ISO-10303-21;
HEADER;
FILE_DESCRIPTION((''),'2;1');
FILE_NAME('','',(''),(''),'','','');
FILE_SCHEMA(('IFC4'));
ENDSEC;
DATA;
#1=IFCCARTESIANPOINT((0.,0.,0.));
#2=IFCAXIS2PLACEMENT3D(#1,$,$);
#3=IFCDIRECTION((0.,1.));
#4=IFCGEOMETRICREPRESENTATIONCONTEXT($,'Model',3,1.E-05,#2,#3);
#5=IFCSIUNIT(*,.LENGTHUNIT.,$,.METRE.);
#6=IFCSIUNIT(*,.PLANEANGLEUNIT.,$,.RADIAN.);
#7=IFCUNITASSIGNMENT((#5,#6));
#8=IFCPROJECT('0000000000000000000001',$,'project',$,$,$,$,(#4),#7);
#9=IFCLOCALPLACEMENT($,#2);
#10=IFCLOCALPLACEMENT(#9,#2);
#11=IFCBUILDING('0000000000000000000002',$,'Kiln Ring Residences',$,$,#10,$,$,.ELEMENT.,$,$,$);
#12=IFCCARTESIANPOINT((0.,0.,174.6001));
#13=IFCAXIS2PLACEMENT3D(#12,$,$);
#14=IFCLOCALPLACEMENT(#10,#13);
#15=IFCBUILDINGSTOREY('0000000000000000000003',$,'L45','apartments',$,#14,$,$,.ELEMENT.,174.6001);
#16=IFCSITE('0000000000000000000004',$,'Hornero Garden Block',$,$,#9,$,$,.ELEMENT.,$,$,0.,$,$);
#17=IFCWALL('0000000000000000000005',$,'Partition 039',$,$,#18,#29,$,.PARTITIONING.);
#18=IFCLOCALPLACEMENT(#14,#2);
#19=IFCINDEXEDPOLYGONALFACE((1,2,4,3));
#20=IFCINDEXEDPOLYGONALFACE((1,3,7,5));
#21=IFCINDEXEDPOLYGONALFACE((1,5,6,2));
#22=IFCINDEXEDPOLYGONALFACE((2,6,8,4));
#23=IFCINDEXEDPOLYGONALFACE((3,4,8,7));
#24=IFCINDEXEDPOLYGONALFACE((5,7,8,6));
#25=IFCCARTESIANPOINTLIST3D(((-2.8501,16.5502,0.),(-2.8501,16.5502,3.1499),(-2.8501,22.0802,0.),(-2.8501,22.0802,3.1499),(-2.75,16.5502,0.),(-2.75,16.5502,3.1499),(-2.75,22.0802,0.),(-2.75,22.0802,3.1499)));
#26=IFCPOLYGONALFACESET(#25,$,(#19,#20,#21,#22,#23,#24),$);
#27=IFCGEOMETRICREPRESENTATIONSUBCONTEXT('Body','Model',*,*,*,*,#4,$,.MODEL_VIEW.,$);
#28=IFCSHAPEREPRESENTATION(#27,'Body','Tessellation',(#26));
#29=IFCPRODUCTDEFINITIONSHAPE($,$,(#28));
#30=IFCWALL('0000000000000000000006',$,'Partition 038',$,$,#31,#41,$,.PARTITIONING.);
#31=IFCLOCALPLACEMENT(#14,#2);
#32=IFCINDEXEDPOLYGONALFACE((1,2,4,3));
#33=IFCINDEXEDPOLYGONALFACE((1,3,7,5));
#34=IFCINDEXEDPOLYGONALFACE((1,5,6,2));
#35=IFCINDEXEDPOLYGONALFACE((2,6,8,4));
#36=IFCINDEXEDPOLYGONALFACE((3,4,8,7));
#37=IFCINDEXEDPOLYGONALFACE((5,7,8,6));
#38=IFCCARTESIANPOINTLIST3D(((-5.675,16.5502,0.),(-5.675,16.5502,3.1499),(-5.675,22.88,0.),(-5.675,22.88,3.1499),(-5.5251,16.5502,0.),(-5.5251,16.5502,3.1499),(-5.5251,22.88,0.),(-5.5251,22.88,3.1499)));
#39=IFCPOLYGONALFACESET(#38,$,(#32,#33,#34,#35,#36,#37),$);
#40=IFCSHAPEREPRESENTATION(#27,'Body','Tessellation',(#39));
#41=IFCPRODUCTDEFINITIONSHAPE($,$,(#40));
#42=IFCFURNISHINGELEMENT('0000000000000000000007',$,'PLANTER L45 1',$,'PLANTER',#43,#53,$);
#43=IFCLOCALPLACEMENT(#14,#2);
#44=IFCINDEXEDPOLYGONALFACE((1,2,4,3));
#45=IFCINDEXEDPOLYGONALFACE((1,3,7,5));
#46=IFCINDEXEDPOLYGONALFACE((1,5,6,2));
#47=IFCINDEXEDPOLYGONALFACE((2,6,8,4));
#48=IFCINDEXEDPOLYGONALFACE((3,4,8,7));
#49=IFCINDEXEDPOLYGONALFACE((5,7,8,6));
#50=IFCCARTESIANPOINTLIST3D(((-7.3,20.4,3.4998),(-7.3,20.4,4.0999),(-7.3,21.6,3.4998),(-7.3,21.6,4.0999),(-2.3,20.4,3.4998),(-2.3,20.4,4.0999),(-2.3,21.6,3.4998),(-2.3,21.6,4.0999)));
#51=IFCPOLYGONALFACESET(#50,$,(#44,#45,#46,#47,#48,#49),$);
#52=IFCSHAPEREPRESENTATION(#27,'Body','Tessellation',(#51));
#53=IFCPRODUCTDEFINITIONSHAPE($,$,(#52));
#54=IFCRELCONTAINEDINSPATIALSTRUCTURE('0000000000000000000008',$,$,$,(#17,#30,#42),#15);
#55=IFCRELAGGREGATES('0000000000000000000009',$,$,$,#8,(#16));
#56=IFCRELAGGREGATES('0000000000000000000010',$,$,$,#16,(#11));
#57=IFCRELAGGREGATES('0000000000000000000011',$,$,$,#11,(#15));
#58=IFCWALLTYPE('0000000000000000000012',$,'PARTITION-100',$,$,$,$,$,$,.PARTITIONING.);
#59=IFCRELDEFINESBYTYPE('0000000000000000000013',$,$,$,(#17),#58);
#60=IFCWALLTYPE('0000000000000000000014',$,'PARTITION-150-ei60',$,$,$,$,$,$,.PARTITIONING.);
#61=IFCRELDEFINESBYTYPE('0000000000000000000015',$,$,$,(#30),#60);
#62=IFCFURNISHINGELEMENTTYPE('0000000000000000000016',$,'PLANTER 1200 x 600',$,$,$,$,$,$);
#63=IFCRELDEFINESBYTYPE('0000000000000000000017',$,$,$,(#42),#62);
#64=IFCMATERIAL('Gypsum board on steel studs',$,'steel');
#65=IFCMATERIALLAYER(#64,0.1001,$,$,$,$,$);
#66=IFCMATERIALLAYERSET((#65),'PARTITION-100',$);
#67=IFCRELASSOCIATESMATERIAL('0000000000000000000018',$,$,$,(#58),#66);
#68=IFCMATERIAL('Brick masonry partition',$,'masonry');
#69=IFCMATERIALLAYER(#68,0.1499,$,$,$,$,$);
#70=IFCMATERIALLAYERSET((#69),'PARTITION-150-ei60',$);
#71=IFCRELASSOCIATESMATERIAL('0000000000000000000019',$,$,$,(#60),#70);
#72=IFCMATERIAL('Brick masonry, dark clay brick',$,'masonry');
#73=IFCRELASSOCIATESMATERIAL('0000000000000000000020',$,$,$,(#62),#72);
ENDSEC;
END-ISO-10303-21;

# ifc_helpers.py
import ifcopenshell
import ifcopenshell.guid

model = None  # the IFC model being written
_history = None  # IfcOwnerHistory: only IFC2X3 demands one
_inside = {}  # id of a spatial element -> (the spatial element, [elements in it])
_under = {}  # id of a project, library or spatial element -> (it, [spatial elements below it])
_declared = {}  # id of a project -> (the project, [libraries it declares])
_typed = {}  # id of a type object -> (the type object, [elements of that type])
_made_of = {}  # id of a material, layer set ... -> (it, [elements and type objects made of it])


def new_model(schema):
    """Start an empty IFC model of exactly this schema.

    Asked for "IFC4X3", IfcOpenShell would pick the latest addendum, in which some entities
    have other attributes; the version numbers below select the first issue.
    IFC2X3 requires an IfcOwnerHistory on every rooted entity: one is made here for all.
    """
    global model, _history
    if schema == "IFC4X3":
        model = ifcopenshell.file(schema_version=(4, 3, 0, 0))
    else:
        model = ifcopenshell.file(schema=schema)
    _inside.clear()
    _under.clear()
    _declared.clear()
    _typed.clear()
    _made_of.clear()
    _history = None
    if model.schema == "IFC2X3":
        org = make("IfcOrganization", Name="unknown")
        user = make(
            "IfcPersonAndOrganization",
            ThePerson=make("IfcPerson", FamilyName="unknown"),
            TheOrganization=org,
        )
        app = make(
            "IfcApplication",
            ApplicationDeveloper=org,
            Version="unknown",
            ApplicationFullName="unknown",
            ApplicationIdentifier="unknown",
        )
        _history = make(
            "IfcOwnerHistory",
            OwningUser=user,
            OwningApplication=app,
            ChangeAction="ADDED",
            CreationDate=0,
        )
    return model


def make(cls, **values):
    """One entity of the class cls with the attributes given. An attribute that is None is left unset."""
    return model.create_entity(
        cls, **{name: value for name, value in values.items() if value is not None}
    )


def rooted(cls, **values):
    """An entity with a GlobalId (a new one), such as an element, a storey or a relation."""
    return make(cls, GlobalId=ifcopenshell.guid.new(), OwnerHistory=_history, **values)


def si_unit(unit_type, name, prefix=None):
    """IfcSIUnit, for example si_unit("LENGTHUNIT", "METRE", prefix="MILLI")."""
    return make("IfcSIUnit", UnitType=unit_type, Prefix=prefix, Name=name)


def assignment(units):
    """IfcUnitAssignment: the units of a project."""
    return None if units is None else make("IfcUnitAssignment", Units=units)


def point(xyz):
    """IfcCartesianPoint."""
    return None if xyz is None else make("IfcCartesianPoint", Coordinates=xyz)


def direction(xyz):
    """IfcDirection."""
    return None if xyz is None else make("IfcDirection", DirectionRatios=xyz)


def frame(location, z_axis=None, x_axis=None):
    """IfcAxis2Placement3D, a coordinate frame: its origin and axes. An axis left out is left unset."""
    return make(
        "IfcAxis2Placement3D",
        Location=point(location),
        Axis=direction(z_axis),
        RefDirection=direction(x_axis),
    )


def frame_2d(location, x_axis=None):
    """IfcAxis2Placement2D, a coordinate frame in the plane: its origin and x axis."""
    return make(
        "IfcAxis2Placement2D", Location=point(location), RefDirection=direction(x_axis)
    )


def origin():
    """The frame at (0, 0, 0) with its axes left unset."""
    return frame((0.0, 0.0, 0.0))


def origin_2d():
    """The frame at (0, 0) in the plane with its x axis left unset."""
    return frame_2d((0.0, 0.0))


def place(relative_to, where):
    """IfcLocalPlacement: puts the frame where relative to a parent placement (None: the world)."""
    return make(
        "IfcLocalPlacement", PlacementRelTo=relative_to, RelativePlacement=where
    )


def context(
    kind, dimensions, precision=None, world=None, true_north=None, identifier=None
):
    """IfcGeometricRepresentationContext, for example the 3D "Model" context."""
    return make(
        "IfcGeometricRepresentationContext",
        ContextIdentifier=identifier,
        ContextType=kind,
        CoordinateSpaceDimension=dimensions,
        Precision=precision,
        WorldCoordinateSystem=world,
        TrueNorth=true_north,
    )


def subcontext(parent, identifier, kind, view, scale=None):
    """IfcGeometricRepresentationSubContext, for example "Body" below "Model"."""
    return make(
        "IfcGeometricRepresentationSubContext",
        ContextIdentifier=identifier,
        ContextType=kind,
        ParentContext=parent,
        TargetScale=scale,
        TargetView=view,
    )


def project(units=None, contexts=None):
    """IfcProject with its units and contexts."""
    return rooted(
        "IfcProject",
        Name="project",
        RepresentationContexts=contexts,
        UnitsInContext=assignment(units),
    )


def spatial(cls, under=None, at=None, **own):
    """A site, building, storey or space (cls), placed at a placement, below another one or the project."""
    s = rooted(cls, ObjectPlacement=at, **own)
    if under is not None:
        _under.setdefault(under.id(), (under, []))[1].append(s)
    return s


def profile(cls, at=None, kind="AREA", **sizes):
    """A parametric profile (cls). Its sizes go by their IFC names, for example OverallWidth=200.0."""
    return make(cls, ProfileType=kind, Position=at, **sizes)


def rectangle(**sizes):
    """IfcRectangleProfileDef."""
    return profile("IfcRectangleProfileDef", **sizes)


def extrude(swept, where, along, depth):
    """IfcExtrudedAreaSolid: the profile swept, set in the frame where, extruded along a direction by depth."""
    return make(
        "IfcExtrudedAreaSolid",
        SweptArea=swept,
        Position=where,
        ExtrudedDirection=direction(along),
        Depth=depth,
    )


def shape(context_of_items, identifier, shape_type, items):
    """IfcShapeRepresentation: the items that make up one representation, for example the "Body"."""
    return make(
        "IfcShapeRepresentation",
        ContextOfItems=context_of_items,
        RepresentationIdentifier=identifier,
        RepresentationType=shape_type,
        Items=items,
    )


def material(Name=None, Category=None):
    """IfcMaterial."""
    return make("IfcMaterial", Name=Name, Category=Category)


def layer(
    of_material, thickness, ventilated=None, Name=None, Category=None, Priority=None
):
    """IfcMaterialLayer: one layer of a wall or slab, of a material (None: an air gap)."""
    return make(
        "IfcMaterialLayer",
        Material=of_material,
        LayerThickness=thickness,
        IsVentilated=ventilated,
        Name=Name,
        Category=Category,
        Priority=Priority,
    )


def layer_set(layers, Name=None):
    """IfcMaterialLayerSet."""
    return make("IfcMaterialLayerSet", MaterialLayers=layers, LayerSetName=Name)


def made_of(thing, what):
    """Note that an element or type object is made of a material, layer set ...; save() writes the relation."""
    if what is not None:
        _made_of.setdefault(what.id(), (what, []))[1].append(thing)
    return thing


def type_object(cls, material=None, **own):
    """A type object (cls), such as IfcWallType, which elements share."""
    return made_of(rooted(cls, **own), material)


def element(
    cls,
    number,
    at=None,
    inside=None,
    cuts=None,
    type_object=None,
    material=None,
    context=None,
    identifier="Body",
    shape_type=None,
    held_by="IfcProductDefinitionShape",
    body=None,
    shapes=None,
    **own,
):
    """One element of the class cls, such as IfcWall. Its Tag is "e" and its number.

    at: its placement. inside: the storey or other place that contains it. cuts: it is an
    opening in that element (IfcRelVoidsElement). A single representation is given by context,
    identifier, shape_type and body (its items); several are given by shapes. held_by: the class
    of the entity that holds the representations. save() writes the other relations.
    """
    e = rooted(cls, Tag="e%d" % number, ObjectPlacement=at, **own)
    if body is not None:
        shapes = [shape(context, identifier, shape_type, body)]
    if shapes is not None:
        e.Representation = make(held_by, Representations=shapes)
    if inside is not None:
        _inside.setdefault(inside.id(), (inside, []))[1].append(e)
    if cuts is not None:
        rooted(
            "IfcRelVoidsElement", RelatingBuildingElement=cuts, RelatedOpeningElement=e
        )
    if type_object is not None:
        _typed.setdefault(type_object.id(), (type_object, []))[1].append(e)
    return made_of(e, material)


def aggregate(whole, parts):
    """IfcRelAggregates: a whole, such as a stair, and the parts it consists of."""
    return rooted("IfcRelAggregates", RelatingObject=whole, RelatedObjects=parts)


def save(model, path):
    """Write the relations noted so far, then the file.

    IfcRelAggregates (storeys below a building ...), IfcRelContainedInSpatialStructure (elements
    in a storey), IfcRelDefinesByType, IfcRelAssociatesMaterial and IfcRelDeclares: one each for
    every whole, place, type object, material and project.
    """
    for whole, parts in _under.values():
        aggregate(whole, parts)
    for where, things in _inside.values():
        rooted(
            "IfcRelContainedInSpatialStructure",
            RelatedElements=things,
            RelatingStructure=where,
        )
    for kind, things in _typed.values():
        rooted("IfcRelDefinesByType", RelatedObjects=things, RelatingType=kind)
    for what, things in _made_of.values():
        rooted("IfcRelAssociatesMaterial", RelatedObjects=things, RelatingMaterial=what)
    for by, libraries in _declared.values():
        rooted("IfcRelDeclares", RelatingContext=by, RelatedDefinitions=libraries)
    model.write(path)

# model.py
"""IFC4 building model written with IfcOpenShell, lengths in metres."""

from ifc_helpers import new_model, si_unit, direction, frame, frame_2d, origin, origin_2d, place, context, subcontext, project, spatial, rectangle, extrude, material, layer, layer_set, type_object, element, save


model = new_model("IFC4")

# Units and contexts
model_context = context("Model", 3, precision=1e-05, world=origin(), true_north=direction((0.0, 1.0)))
body_context = subcontext(model_context, "Body", "Model", "MODEL_VIEW")
ifc_project = project(units=[si_unit("LENGTHUNIT", "METRE"), si_unit("PLANEANGLEUNIT", "RADIAN")], contexts=[model_context])

# Site, building, storey
site_placement = place(None, origin())
site = spatial("IfcSite", under=ifc_project, at=site_placement, Name="Hornero Garden Block", CompositionType="ELEMENT", RefElevation=0.0)
building_placement = place(site_placement, origin())
building = spatial("IfcBuilding", under=site, at=building_placement, Name="Kiln Ring Residences", CompositionType="ELEMENT")
storey_placement = place(building_placement, frame((0.0, 0.0, 174.6001)))
storey = spatial("IfcBuildingStorey", under=building, at=storey_placement, Name="L45", Description="apartments", CompositionType="ELEMENT", Elevation=174.6001)

# Walls
ifc_material_1 = material(Name="Gypsum board on steel studs", Category="steel")
ifc_layer_1 = layer(ifc_material_1, 0.1001)
ifc_layer_set_1 = layer_set([ifc_layer_1], Name="PARTITION-100")
wall_type_1 = type_object("IfcWallType", Name="PARTITION-100", PredefinedType="PARTITIONING", material=ifc_layer_set_1)
wall_1_placement = place(storey_placement, frame((-2.8, 16.55, 0.0), z_axis=(0.0, 0.0, 1.0), x_axis=(0.0, 1.0, 0.0)))
element("IfcWall", 1, at=wall_1_placement, inside=storey, type_object=wall_type_1, Name="Partition 039", PredefinedType="PARTITIONING", context=body_context, shape_type="SweptSolid", body=[
    extrude(rectangle(XDim=5.53, YDim=0.1001, at=frame_2d((2.7651, 0.0))), origin(), (0.0, 0.0, 1.0), 3.1499),
])
ifc_material_2 = material(Name="Brick masonry partition", Category="masonry")
ifc_layer_2 = layer(ifc_material_2, 0.1499)
ifc_layer_set_2 = layer_set([ifc_layer_2], Name="PARTITION-150-ei60")
wall_type_2 = type_object("IfcWallType", Name="PARTITION-150-ei60", PredefinedType="PARTITIONING", material=ifc_layer_set_2)
wall_2_placement = place(storey_placement, frame((-5.6001, 16.55, 0.0), z_axis=(0.0, 0.0, 1.0), x_axis=(0.0, 1.0, 0.0)))
element("IfcWall", 2, at=wall_2_placement, inside=storey, type_object=wall_type_2, Name="Partition 038", PredefinedType="PARTITIONING", context=body_context, shape_type="SweptSolid", body=[
    extrude(rectangle(XDim=6.3298, YDim=0.1499, at=frame_2d((3.165, 0.0))), origin(), (0.0, 0.0, 1.0), 3.1499),
])

# Furnishing element
ifc_material_3 = material(Name="Brick masonry, dark clay brick", Category="masonry")
furnishing_element_type = type_object("IfcFurnishingElementType", Name="PLANTER 1200 x 600", material=ifc_material_3)
furnishing_placement = place(storey_placement, frame((-4.8, 21.0, 3.4998), z_axis=(0.0, 0.0, 1.0), x_axis=(1.0, 0.0, 0.0)))
element("IfcFurnishingElement", 3, at=furnishing_placement, inside=storey, type_object=furnishing_element_type, Name="PLANTER L45 1", ObjectType="PLANTER", context=body_context, shape_type="SweptSolid", body=[
    extrude(rectangle(XDim=5.0, YDim=1.2, at=origin_2d()), origin(), (0.0, 0.0, 1.0), 0.6001),
])

save(model, "model.ifc")
